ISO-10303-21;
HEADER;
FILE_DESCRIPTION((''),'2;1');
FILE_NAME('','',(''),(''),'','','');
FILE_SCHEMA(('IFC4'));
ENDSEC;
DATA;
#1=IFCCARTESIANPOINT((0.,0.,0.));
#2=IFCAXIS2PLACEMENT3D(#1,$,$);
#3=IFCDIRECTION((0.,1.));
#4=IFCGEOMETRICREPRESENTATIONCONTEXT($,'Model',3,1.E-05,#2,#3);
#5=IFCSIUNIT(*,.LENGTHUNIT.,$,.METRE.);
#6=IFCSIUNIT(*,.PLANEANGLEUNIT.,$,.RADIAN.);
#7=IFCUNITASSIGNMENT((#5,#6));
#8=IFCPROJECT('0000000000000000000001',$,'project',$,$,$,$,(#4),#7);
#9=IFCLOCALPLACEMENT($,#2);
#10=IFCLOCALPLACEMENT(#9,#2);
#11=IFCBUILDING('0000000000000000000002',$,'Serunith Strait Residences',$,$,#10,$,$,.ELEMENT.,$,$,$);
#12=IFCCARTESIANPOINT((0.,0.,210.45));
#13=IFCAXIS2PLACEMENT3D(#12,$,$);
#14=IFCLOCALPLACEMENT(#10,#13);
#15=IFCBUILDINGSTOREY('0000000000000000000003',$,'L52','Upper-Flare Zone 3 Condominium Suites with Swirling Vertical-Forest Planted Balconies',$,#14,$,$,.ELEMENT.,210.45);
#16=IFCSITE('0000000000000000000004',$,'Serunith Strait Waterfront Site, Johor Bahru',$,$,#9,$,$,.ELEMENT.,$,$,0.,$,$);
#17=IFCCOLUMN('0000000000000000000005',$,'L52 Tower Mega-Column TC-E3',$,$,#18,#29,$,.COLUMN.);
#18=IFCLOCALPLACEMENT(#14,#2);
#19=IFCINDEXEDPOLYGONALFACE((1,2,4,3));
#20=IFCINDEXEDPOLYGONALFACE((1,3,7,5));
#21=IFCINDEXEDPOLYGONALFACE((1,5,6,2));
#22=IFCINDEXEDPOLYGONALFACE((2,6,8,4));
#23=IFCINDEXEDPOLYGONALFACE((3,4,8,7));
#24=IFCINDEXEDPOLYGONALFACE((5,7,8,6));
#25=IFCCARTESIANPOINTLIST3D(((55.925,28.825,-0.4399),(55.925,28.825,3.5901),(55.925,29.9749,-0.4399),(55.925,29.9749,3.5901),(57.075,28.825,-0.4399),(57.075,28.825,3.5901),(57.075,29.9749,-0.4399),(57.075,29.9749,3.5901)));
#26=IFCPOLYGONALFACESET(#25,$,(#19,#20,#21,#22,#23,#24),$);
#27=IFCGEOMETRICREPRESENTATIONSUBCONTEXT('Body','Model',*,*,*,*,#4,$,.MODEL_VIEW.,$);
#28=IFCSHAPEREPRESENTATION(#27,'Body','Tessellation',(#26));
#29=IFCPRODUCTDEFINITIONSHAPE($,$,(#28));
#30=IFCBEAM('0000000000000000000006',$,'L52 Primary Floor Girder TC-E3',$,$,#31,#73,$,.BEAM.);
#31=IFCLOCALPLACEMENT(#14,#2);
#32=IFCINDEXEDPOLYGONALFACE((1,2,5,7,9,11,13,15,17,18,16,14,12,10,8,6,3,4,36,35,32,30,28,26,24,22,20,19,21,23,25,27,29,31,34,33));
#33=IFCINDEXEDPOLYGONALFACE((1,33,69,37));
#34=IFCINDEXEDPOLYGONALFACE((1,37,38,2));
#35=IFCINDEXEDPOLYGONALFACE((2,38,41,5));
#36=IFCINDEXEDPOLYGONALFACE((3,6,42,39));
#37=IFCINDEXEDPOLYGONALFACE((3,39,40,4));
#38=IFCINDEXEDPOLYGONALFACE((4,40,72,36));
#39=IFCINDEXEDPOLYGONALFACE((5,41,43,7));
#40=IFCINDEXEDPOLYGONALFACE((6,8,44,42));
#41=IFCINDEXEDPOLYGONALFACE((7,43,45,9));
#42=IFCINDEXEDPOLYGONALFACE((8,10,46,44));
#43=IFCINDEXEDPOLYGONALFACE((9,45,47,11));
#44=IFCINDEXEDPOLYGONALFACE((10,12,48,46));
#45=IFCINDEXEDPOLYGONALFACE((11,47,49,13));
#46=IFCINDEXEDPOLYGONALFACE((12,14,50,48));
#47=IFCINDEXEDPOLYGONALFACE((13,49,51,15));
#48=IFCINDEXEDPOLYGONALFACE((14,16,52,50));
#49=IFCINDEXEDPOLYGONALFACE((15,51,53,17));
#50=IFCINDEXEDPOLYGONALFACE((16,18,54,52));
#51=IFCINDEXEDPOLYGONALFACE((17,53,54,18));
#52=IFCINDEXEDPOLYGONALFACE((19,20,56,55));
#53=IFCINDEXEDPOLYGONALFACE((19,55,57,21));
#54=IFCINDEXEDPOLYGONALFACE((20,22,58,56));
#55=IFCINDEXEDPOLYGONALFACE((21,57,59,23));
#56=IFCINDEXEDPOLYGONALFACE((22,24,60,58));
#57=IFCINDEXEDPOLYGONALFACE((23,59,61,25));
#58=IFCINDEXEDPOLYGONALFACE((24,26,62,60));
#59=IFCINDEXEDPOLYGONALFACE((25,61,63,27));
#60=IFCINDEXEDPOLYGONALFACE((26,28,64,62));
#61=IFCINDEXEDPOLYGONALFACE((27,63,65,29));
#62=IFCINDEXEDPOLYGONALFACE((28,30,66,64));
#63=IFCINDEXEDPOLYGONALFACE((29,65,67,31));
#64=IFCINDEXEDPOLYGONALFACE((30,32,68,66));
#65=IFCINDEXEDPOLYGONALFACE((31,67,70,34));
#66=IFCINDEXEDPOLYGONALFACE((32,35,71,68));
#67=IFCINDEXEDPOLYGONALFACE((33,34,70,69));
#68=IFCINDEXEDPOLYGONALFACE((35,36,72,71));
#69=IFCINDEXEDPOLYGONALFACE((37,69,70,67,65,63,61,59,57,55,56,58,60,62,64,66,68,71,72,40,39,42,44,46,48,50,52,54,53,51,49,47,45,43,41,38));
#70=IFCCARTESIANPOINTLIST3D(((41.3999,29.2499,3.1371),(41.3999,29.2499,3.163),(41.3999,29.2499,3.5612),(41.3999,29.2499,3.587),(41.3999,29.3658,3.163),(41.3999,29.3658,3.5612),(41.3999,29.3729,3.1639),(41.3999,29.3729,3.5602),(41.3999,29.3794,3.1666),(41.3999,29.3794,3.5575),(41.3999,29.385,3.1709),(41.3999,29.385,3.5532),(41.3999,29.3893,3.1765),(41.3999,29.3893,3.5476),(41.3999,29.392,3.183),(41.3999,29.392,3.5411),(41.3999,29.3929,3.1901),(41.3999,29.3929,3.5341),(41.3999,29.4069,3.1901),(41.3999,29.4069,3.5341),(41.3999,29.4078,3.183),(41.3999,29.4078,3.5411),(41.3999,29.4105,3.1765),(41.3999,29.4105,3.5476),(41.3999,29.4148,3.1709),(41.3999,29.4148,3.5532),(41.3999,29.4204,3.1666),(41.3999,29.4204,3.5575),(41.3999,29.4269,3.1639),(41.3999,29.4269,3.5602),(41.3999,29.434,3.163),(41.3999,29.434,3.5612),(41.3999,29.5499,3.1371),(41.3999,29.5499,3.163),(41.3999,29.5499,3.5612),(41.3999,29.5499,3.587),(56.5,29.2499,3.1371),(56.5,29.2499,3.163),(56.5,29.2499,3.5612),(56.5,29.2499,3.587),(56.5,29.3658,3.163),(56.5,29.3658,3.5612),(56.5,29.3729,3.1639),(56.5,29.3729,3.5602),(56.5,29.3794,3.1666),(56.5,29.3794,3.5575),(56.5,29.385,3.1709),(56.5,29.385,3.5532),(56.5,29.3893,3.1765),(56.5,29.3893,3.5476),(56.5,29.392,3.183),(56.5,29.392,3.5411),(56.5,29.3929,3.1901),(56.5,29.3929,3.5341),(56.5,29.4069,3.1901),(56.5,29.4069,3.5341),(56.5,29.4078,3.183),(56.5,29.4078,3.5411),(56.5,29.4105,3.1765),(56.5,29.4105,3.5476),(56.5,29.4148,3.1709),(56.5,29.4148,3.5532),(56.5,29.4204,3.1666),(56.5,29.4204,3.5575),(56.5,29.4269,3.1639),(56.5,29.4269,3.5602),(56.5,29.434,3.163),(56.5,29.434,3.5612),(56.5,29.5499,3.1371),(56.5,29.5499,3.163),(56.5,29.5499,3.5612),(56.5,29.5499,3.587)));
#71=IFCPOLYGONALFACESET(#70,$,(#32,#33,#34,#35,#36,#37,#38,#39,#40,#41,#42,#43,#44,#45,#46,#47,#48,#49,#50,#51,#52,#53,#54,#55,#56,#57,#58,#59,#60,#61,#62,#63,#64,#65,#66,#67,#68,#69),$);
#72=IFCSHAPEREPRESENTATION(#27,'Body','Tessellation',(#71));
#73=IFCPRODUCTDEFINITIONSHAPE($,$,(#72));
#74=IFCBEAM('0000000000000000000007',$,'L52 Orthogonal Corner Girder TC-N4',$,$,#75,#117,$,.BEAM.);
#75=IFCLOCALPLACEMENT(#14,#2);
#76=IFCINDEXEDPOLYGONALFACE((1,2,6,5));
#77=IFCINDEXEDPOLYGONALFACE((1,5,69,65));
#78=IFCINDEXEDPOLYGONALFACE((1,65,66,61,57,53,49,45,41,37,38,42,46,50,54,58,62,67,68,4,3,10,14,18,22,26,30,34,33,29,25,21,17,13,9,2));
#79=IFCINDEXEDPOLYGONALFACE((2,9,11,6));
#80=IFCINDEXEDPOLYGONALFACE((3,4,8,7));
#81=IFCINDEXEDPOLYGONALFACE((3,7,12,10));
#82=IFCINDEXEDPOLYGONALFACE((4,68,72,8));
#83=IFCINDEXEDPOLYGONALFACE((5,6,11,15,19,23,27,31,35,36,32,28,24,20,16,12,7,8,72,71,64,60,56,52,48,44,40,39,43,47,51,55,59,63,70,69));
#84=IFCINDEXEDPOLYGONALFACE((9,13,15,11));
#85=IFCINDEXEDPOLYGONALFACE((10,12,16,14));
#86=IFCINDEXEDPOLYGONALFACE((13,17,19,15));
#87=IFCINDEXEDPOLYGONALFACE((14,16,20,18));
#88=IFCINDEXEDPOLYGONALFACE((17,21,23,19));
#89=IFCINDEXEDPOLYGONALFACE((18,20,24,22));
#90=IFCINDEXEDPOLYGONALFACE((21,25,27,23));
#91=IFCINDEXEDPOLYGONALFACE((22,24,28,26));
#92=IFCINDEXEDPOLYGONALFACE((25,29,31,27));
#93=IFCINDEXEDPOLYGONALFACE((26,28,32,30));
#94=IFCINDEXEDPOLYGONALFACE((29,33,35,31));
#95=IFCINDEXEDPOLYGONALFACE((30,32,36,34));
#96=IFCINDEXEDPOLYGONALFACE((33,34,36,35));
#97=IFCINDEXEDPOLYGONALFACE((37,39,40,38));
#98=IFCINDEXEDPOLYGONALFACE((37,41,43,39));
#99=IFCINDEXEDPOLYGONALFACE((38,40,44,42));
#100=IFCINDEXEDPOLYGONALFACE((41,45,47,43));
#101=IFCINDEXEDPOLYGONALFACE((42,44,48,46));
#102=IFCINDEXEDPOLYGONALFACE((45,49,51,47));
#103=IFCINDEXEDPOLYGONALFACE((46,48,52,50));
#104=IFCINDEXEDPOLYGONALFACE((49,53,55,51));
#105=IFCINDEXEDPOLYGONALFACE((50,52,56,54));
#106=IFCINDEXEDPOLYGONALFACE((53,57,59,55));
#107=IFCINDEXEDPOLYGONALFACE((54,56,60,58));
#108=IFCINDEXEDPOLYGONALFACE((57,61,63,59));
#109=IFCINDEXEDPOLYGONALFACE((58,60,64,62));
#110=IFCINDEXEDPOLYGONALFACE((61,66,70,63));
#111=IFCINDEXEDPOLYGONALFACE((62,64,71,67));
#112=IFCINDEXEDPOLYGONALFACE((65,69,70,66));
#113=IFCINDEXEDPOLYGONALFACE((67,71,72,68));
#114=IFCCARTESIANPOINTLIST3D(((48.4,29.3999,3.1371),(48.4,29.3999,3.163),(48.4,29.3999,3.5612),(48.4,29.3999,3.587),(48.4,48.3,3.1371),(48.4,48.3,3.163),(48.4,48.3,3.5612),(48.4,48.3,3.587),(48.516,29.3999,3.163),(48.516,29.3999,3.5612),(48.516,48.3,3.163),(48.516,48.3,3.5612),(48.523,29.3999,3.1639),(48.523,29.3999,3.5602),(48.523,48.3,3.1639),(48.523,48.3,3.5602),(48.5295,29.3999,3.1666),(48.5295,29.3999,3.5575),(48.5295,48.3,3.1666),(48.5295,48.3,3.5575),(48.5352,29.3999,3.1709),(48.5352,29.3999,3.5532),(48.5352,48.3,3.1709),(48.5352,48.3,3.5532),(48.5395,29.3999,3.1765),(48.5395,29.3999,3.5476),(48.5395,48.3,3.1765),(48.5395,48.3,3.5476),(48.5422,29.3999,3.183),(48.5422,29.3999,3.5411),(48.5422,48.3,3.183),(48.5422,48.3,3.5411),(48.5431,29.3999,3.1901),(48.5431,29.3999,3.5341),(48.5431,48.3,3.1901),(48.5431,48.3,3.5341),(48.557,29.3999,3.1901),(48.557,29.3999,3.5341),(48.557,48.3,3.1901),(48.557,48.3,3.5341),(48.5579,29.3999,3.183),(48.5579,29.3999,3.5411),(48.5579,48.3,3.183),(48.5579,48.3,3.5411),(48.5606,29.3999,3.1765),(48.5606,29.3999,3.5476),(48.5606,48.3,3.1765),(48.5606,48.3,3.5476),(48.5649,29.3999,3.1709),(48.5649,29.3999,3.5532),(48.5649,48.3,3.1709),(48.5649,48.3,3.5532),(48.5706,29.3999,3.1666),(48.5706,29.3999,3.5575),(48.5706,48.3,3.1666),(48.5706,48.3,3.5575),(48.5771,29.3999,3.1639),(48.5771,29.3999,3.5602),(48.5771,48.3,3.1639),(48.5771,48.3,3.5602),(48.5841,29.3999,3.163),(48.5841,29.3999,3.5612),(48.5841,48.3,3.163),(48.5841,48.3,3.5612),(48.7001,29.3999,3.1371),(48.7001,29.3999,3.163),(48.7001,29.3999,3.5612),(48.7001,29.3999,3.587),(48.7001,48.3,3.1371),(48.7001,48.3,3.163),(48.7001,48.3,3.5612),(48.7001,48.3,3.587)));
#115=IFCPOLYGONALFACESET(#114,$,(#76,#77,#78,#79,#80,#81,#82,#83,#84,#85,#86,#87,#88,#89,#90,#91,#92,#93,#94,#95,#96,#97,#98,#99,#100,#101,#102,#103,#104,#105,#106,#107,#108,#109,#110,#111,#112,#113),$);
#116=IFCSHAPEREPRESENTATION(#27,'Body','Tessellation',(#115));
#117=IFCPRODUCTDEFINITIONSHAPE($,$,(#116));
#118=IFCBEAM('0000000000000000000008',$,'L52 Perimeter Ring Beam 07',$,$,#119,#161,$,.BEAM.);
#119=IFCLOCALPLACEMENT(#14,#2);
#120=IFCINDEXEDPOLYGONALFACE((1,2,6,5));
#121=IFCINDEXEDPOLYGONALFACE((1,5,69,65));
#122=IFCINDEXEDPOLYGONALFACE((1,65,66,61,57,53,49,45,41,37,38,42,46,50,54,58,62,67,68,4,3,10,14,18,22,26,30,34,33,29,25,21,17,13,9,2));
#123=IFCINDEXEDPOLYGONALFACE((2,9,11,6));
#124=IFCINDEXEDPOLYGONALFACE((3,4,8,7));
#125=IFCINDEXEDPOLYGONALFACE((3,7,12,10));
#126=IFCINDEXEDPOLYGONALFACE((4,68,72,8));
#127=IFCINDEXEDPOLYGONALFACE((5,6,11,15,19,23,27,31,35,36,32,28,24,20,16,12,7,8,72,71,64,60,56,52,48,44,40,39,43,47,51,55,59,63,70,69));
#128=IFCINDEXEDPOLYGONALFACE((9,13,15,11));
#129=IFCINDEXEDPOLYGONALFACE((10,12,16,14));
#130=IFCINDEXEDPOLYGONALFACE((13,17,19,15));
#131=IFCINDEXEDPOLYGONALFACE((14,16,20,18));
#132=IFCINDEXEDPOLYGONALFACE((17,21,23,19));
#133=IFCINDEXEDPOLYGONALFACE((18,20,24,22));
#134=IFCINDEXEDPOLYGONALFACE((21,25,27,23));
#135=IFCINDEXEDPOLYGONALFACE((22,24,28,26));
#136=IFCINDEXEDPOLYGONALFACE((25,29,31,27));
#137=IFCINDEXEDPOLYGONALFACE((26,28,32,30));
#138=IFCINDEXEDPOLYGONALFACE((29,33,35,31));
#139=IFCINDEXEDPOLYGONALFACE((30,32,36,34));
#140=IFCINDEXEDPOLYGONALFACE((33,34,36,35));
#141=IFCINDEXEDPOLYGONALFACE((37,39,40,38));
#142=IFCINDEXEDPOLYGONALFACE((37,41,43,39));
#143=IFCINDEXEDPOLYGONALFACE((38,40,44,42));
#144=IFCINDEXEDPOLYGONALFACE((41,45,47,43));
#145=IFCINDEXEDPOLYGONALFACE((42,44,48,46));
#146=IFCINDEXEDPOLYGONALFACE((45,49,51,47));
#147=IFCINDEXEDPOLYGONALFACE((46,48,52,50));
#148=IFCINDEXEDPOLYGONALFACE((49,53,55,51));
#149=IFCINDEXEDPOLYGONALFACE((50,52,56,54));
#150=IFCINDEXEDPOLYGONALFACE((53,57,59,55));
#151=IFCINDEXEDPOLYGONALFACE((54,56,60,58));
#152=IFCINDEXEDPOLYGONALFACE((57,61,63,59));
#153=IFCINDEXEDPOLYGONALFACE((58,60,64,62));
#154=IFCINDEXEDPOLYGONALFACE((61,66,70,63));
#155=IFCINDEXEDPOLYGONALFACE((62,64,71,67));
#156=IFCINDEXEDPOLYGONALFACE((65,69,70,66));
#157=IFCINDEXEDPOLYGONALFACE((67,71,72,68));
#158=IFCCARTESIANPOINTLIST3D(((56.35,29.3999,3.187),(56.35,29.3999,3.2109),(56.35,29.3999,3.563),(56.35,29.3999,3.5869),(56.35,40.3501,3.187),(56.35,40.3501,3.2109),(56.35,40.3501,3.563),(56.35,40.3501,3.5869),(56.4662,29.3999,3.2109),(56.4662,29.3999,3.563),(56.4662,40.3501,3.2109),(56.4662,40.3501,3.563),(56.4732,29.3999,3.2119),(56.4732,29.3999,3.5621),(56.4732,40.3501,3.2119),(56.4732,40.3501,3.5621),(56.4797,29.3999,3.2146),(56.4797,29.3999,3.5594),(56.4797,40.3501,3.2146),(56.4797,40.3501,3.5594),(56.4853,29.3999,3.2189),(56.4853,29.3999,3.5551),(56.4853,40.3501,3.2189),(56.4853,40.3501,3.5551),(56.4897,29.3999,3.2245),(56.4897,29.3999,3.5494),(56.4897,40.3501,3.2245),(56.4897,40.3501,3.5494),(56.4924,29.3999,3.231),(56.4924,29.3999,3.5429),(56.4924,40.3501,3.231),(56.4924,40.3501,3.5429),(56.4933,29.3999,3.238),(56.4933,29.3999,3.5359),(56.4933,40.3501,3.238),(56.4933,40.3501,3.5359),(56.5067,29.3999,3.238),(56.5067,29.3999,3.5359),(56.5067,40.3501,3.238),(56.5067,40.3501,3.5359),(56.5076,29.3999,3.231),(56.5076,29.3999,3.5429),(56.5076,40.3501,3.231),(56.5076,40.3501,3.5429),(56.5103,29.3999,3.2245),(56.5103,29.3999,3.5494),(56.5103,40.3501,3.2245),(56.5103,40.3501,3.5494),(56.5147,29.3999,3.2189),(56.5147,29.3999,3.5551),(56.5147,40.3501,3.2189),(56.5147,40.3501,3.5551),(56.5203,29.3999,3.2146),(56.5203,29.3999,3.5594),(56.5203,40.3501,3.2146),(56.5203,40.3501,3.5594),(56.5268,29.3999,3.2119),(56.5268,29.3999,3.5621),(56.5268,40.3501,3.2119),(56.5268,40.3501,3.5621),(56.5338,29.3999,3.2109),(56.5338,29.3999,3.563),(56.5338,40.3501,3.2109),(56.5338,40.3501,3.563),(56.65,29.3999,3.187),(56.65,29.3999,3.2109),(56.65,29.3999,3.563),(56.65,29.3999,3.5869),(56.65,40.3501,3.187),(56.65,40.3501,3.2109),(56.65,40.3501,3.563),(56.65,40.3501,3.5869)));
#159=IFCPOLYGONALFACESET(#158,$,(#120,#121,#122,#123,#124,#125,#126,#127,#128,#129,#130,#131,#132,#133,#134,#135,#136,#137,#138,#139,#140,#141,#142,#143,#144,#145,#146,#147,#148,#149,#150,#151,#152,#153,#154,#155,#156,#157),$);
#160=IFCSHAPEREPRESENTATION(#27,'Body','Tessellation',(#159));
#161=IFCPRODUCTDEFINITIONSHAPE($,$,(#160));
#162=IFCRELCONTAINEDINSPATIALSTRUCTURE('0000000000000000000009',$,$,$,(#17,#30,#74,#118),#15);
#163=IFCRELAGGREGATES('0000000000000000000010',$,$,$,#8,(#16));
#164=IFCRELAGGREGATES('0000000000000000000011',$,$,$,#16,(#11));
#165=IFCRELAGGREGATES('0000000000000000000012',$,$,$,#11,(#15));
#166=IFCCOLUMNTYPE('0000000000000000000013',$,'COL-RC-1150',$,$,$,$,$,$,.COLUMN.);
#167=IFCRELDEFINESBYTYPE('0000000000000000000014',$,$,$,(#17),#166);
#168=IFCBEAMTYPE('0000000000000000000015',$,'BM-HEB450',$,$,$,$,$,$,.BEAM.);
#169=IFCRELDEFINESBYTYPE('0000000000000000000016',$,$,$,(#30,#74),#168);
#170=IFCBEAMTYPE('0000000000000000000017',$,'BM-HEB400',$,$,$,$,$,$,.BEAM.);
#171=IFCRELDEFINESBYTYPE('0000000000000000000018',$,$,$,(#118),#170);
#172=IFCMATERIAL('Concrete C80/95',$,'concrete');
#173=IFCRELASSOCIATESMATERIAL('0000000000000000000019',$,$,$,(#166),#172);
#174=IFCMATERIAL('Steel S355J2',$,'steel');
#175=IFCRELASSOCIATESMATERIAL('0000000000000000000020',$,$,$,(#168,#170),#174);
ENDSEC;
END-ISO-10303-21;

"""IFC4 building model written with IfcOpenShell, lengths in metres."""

from ifc_helpers import new_model, si_unit, direction, frame, origin, origin_2d, place, context, subcontext, project, spatial, rectangle, i_section, extrude, source, transform, mapped, material, material_profile, profile_set, type_object, element, save


model = new_model("IFC4")

# Units and contexts
model_context = context("Model", 3, precision=1e-05, world=origin(), true_north=direction((0.0, 1.0)))
body_context = subcontext(model_context, "Body", "Model", "MODEL_VIEW")
ifc_project = project(units=[si_unit("LENGTHUNIT", "METRE"), si_unit("PLANEANGLEUNIT", "RADIAN")], contexts=[model_context])

# Site, building, storey
site_placement = place(None, origin())
site = spatial("IfcSite", under=ifc_project, at=site_placement, Name="Serunith Strait Waterfront Site, Johor Bahru", CompositionType="ELEMENT", RefElevation=0.0)
building_placement = place(site_placement, origin())
building = spatial("IfcBuilding", under=site, at=building_placement, Name="Serunith Strait Residences", CompositionType="ELEMENT")
storey_placement = place(building_placement, frame((0.0, 0.0, 210.45)))
storey = spatial("IfcBuildingStorey", under=building, at=storey_placement, Name="L52", Description="Upper-Flare Zone 3 Condominium Suites with Swirling Vertical-Forest Planted Balconies", CompositionType="ELEMENT", Elevation=210.45)

# Column
ifc_material_1 = material(Name="Concrete C80/95", Category="concrete")
ifc_material_profile_1 = material_profile(ifc_material_1, rectangle(XDim=1.1499, YDim=1.1499, at=origin_2d()), Name="RC 1150x1150")
ifc_profile_set_1 = profile_set([ifc_material_profile_1], Name="Concrete C80/95")
column_type = type_object("IfcColumnType", Name="COL-RC-1150", PredefinedType="COLUMN", material=ifc_profile_set_1)
shared_shape_1 = source(origin(), body_context, "Body", "SweptSolid", [
    extrude(rectangle(XDim=1.1499, YDim=1.1499, at=origin_2d()), origin(), (0.0, 0.0, 1.0), 4.03),
])
column_placement = place(storey_placement, frame((56.5, 29.3999, -0.4399), z_axis=(0.0, 0.0, 1.0), x_axis=(1.0, 0.0, 0.0)))
element("IfcColumn", 1, at=column_placement, inside=storey, type_object=column_type, Name="L52 Tower Mega-Column TC-E3", PredefinedType="COLUMN", context=body_context, shape_type="MappedRepresentation", body=[
    mapped(shared_shape_1, transform((0.0, 0.0, 0.0), scale=1.0)),
])

# Beams
ifc_material_2 = material(Name="Steel S355J2", Category="steel")
ifc_material_profile_2 = material_profile(ifc_material_2, i_section(OverallWidth=0.3, OverallDepth=0.45, WebThickness=0.0139, FlangeThickness=0.0259, FilletRadius=0.0271, at=origin_2d()), Name="HEB 450")
ifc_profile_set_2 = profile_set([ifc_material_profile_2], Name="Steel S355J2")
beam_type_1 = type_object("IfcBeamType", Name="BM-HEB450", PredefinedType="BEAM", material=ifc_profile_set_2)
shared_shape_2 = source(origin(), body_context, "Body", "SweptSolid", [
    extrude(i_section(OverallWidth=0.3, OverallDepth=0.45, WebThickness=0.0139, FlangeThickness=0.0259, FilletRadius=0.0271, at=origin_2d()), origin(), (0.0, 0.0, 1.0), 15.1001),
])
beam_1_placement = place(storey_placement, frame((41.3999, 29.3999, 3.3621), z_axis=(1.0, 0.0, 0.0), x_axis=(0.0, 1.0, 0.0)))
element("IfcBeam", 2, at=beam_1_placement, inside=storey, type_object=beam_type_1, Name="L52 Primary Floor Girder TC-E3", PredefinedType="BEAM", context=body_context, shape_type="MappedRepresentation", body=[
    mapped(shared_shape_2, transform((0.0, 0.0, 0.0), scale=1.0)),
])
shared_shape_3 = source(origin(), body_context, "Body", "SweptSolid", [
    extrude(i_section(OverallWidth=0.3, OverallDepth=0.45, WebThickness=0.0139, FlangeThickness=0.0259, FilletRadius=0.0271, at=origin_2d()), origin(), (0.0, 0.0, 1.0), 18.9001),
])
beam_2_placement = place(storey_placement, frame((48.55, 29.3999, 3.3621), z_axis=(0.0, 1.0, 0.0), x_axis=(-1.0, 0.0, 0.0)))
element("IfcBeam", 3, at=beam_2_placement, inside=storey, type_object=beam_type_1, Name="L52 Orthogonal Corner Girder TC-N4", PredefinedType="BEAM", context=body_context, shape_type="MappedRepresentation", body=[
    mapped(shared_shape_3, transform((0.0, 0.0, 0.0), scale=1.0)),
])
ifc_material_profile_3 = material_profile(ifc_material_2, i_section(OverallWidth=0.3, OverallDepth=0.3999, WebThickness=0.0134, FlangeThickness=0.0239, FilletRadius=0.0271, at=origin_2d()), Name="HEB 400")
ifc_profile_set_3 = profile_set([ifc_material_profile_3], Name="Steel S355J2")
beam_type_2 = type_object("IfcBeamType", Name="BM-HEB400", PredefinedType="BEAM", material=ifc_profile_set_3)
shared_shape_4 = source(origin(), body_context, "Body", "SweptSolid", [
    extrude(i_section(OverallWidth=0.3, OverallDepth=0.3999, WebThickness=0.0134, FlangeThickness=0.0239, FilletRadius=0.0271, at=origin_2d()), origin(), (0.0, 0.0, 1.0), 10.9502),
])
beam_3_placement = place(storey_placement, frame((56.5, 29.3999, 3.387), z_axis=(0.0, 1.0, 0.0), x_axis=(-1.0, 0.0, 0.0)))
element("IfcBeam", 4, at=beam_3_placement, inside=storey, type_object=beam_type_2, Name="L52 Perimeter Ring Beam 07", PredefinedType="BEAM", context=body_context, shape_type="MappedRepresentation", body=[
    mapped(shared_shape_4, transform((0.0, 0.0, 0.0), scale=1.0)),
])

save(model, "model.ifc")
